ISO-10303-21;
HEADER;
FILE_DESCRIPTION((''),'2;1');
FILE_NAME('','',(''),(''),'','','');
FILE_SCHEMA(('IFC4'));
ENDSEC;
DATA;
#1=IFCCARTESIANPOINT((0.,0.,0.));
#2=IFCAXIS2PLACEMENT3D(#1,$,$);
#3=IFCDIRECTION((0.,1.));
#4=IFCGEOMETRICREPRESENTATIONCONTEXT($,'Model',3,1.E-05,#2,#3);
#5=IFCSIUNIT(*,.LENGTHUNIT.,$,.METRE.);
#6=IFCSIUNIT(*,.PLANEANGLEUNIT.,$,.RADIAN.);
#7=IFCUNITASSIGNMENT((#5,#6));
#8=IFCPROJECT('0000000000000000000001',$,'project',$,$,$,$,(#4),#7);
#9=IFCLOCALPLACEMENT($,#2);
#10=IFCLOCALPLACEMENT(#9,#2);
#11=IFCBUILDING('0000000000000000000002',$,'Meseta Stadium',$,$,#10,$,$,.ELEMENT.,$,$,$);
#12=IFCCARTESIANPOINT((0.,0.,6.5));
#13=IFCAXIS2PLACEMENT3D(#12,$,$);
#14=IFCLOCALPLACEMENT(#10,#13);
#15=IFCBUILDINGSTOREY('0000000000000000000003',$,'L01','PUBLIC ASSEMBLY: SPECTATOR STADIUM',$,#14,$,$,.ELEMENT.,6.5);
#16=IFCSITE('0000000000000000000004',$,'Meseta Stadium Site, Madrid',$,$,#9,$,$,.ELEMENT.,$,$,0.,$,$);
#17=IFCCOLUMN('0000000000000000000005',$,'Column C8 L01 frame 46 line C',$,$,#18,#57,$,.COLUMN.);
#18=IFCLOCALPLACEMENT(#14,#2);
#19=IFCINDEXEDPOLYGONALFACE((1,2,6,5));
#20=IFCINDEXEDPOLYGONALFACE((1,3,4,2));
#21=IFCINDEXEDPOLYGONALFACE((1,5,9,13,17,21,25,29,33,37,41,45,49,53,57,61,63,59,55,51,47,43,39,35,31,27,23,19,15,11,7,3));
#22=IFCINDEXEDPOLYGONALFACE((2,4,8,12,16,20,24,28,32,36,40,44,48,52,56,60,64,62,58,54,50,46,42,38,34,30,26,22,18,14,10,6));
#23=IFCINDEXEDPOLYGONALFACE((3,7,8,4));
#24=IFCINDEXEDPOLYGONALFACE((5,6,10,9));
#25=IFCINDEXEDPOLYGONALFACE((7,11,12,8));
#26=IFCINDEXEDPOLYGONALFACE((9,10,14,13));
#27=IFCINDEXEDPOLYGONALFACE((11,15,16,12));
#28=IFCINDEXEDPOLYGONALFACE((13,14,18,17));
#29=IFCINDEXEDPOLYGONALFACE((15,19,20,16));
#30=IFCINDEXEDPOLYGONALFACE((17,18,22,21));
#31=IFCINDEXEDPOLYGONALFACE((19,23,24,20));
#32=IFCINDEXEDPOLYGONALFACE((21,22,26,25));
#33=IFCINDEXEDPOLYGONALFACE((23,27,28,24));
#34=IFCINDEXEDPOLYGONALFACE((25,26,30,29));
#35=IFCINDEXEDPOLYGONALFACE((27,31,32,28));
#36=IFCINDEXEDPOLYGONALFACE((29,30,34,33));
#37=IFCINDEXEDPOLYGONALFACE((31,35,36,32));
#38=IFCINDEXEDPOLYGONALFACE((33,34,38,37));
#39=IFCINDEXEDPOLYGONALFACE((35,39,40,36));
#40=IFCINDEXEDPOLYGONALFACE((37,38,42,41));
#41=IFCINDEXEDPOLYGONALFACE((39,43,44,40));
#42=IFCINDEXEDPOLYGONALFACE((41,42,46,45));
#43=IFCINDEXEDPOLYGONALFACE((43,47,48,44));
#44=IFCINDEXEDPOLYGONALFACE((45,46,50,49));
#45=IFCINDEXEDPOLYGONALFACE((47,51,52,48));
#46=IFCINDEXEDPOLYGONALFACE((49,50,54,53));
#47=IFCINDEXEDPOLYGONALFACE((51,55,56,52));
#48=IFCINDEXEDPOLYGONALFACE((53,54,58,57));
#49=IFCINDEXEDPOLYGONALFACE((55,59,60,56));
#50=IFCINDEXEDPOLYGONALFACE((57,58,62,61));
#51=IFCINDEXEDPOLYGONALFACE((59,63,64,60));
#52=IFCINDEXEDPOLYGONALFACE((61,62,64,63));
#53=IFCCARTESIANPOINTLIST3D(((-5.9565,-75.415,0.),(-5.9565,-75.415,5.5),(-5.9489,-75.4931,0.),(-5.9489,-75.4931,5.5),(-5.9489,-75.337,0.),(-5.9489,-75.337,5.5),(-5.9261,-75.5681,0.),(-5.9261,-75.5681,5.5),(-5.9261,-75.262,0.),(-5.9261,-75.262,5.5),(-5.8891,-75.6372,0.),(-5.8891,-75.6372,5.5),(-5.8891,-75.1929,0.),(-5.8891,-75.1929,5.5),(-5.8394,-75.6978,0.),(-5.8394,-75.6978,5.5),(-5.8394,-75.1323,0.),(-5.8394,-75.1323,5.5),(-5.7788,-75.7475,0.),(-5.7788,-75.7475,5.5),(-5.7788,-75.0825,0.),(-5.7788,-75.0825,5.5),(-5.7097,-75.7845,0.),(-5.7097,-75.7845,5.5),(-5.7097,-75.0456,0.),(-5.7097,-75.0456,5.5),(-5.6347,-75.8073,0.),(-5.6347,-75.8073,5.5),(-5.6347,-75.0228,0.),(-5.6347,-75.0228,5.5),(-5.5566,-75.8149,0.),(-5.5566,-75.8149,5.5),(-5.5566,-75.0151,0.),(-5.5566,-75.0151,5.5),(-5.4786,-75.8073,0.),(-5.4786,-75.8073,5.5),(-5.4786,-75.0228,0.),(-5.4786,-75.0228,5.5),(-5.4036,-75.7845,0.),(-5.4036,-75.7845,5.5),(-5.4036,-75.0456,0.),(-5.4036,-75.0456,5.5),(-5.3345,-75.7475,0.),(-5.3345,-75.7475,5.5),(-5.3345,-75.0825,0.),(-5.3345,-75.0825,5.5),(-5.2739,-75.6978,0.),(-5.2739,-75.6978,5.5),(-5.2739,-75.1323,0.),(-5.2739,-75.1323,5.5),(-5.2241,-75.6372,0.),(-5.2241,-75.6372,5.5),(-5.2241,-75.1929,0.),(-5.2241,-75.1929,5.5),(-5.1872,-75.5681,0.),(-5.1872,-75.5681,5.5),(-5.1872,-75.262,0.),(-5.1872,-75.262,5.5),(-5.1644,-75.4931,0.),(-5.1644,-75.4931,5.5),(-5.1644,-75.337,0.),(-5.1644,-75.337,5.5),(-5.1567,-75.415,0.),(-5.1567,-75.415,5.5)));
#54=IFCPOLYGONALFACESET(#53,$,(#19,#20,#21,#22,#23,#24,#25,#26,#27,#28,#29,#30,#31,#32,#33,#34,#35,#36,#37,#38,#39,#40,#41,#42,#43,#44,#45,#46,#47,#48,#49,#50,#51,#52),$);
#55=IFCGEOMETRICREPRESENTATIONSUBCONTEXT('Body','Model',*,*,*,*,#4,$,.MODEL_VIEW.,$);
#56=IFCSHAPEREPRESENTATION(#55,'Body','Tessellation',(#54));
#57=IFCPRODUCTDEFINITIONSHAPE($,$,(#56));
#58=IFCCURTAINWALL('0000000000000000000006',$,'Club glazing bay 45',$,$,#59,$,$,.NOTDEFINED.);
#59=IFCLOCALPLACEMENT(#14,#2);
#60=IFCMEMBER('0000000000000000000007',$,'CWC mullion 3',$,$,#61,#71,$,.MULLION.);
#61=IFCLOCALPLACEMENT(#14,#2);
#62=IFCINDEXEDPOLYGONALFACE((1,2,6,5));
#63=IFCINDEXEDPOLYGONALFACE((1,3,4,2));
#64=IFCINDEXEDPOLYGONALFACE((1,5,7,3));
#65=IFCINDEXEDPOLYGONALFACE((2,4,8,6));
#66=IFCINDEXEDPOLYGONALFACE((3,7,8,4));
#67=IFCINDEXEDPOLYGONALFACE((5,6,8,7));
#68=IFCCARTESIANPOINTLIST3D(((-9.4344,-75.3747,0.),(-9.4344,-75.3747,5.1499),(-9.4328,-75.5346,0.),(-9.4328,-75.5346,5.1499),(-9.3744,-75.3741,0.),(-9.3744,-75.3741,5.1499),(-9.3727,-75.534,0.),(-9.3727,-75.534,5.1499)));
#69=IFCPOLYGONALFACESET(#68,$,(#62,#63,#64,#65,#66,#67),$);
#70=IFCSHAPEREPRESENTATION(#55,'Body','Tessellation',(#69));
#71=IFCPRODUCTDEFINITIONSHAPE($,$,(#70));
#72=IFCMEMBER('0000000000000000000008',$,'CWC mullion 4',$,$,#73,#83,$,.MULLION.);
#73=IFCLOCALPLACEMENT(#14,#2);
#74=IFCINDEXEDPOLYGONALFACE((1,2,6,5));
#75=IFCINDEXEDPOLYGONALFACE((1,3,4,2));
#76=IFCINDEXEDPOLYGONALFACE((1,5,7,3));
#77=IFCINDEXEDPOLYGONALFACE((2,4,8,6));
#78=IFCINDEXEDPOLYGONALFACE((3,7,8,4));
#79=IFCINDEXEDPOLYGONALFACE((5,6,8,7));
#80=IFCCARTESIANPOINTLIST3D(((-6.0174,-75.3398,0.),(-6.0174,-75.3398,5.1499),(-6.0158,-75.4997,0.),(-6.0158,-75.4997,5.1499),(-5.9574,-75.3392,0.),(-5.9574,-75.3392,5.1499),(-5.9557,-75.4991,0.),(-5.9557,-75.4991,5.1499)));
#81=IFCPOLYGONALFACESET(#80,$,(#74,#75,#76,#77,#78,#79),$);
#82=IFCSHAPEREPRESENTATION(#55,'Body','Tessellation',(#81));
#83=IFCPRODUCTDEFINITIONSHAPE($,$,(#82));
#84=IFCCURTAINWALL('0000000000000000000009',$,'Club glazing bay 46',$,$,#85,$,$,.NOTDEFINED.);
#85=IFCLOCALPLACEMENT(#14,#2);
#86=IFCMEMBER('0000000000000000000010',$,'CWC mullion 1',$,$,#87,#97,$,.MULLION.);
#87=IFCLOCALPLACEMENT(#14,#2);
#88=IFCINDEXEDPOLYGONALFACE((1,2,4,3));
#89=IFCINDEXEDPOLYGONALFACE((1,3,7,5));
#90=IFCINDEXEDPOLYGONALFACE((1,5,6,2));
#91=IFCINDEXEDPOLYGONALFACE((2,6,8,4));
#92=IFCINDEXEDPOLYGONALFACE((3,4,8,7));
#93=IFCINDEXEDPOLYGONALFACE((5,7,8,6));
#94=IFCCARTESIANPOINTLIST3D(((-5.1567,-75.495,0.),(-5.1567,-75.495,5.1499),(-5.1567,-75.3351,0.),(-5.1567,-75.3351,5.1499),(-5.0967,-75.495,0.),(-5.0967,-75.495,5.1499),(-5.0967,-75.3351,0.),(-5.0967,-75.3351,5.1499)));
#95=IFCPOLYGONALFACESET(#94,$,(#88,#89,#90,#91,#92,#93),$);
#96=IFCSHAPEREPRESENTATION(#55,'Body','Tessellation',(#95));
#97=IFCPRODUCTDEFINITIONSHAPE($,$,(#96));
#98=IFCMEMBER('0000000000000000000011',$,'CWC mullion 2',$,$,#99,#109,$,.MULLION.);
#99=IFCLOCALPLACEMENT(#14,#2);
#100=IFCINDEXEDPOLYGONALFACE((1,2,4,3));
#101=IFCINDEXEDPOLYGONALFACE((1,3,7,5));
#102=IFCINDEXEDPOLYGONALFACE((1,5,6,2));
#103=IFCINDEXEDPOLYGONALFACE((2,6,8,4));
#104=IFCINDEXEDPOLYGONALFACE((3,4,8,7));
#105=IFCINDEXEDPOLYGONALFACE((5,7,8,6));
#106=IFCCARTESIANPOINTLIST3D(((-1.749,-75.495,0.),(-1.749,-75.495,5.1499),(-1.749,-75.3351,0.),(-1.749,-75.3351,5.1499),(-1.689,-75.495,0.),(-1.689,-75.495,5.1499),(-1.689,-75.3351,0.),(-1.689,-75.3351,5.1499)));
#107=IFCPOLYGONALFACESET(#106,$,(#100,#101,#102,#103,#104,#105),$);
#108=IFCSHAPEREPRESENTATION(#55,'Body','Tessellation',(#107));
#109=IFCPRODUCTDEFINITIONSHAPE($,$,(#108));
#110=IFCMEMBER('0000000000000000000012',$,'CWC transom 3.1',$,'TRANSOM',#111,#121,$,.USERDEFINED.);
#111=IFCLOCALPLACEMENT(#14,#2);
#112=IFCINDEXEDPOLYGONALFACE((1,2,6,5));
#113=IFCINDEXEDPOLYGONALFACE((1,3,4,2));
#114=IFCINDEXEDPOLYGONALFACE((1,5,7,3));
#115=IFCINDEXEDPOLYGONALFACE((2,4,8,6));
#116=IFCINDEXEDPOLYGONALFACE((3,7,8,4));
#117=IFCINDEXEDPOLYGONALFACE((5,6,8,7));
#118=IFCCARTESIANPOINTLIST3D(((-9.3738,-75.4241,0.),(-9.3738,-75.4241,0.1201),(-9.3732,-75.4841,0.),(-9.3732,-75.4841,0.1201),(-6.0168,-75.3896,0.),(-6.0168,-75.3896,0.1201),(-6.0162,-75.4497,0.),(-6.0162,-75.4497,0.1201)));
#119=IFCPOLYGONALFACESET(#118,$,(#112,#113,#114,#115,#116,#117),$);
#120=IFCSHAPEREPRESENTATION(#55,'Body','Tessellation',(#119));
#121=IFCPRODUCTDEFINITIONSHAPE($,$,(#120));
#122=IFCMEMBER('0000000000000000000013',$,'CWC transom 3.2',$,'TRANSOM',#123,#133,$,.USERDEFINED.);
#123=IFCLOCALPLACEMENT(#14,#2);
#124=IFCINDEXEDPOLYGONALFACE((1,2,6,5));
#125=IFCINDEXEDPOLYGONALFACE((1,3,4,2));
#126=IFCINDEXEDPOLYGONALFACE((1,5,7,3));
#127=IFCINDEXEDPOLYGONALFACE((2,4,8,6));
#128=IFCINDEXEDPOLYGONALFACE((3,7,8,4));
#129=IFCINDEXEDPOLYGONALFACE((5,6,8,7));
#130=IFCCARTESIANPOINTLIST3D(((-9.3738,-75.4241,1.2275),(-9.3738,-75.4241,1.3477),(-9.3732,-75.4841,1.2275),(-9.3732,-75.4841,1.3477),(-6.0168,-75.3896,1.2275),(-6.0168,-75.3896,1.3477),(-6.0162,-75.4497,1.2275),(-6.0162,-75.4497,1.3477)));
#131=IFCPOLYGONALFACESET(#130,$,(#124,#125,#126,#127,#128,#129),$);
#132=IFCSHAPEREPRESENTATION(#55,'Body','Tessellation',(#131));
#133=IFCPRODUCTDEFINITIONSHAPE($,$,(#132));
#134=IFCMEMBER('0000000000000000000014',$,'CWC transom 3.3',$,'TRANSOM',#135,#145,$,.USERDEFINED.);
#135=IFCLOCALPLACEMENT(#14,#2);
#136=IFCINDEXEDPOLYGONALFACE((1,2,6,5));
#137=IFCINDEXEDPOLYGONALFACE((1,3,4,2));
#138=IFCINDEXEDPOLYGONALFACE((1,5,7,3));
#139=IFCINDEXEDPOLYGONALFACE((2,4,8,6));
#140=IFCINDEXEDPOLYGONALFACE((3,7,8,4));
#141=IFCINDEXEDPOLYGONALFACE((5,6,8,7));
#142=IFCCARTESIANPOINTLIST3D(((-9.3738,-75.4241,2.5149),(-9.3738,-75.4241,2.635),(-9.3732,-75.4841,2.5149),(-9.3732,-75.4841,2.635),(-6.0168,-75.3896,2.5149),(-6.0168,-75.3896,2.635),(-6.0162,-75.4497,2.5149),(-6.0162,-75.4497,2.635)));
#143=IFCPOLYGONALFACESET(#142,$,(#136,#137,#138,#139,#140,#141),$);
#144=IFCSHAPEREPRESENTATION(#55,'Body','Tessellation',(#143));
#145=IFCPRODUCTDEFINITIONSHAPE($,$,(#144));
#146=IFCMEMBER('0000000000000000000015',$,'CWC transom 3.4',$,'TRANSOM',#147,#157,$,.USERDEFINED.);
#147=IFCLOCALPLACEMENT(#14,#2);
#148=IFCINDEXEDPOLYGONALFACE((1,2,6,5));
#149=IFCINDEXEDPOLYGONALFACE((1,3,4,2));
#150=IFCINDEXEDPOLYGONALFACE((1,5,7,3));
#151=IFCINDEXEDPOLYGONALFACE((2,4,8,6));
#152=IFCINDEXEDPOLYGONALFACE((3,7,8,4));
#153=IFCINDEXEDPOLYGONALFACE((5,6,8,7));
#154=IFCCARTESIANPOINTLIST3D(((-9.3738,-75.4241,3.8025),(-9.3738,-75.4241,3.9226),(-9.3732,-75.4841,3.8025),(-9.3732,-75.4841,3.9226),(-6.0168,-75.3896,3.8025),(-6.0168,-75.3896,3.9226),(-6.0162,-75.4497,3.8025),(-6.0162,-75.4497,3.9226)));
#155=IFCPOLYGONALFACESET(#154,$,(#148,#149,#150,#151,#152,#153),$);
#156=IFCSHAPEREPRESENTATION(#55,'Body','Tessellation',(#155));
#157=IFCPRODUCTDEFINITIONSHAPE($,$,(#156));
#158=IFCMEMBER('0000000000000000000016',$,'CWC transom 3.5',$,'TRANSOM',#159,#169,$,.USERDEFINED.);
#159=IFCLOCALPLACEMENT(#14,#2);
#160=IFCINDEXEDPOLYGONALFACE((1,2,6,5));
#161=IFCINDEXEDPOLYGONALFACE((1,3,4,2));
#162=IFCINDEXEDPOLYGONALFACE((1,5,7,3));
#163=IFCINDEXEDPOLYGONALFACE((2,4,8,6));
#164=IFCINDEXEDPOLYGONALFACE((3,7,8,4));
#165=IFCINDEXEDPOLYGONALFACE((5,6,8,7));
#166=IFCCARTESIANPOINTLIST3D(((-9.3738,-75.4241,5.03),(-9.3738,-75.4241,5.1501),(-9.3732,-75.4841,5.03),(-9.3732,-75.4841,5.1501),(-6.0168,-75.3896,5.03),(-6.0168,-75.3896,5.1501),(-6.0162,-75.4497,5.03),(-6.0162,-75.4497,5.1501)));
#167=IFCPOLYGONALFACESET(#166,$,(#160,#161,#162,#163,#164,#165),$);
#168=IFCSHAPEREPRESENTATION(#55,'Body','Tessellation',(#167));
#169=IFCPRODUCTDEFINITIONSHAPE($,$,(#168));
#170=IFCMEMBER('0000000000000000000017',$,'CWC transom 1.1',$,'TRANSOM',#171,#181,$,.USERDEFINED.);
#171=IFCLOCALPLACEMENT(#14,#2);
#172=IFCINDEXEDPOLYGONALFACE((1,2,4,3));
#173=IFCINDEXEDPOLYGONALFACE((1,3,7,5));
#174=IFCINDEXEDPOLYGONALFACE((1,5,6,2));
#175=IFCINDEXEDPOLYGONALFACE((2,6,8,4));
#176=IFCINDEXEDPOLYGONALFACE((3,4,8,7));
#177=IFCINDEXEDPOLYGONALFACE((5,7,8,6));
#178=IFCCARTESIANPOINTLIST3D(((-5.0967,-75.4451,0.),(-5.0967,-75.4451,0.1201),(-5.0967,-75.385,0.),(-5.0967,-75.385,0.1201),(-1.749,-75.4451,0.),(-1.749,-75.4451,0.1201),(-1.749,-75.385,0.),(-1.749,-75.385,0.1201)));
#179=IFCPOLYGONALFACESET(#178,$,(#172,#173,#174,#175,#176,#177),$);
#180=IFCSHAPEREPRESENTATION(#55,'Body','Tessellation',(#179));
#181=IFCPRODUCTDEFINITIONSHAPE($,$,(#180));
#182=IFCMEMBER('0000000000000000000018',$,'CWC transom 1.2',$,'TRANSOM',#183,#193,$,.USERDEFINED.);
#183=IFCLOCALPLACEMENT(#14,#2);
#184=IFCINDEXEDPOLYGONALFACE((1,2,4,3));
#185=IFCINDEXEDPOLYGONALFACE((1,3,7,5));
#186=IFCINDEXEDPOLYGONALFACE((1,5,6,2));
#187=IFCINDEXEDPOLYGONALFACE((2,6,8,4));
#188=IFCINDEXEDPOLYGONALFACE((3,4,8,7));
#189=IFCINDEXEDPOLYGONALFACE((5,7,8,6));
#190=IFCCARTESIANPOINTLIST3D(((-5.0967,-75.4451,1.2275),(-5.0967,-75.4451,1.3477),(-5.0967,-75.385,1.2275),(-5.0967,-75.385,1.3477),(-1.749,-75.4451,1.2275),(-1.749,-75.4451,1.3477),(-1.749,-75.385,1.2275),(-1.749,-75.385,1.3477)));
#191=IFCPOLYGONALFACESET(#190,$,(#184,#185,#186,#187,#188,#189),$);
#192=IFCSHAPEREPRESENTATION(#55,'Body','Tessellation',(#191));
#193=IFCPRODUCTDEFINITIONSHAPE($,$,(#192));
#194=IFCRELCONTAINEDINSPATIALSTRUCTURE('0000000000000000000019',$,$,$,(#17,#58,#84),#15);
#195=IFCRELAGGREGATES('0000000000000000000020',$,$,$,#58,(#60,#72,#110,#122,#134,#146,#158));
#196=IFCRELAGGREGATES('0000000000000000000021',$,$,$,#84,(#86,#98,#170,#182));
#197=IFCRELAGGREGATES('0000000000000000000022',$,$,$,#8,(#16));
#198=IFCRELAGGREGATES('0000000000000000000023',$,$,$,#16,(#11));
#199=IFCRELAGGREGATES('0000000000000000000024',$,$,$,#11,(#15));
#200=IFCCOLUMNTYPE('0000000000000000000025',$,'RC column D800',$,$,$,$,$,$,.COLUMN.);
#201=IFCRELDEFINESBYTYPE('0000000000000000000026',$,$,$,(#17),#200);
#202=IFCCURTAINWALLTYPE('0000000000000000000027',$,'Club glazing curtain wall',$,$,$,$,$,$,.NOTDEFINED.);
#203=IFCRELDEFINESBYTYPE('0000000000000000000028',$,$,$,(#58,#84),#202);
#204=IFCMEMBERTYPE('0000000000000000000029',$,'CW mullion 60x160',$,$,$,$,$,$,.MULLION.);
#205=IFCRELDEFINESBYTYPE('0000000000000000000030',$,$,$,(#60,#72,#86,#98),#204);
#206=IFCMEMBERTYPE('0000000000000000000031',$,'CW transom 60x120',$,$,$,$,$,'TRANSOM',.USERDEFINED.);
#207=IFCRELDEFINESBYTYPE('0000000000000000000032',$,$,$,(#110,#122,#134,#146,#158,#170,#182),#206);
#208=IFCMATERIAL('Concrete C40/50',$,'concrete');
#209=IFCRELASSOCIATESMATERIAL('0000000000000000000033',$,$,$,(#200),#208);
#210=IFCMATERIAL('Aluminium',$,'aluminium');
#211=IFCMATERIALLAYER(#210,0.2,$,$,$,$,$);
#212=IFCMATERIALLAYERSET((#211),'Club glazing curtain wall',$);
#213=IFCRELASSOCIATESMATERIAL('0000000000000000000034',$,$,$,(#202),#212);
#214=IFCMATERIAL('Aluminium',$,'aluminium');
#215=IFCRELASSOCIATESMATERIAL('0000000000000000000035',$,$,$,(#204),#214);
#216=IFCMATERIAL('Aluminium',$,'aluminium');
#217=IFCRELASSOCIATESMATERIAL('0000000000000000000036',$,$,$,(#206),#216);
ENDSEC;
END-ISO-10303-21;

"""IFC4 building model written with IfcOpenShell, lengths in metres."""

from ifc_helpers import new_model, si_unit, direction, frame, origin, origin_2d, place, context, subcontext, project, spatial, rectangle, circle, extrude, material, layer, layer_set, material_profile, profile_set, type_object, element, aggregate, save


model = new_model("IFC4")

# Units and contexts
model_context = context("Model", 3, precision=1e-05, world=origin(), true_north=direction((0.0, 1.0)))
body_context = subcontext(model_context, "Body", "Model", "MODEL_VIEW")
ifc_project = project(units=[si_unit("LENGTHUNIT", "METRE"), si_unit("PLANEANGLEUNIT", "RADIAN")], contexts=[model_context])

# Site, building, storey
site_placement = place(None, origin())
site = spatial("IfcSite", under=ifc_project, at=site_placement, Name="Meseta Stadium Site, Madrid", CompositionType="ELEMENT", RefElevation=0.0)
building_placement = place(site_placement, origin())
building = spatial("IfcBuilding", under=site, at=building_placement, Name="Meseta Stadium", CompositionType="ELEMENT")
storey_placement = place(building_placement, frame((0.0, 0.0, 6.5)))
storey = spatial("IfcBuildingStorey", under=building, at=storey_placement, Name="L01", Description="PUBLIC ASSEMBLY: SPECTATOR STADIUM", CompositionType="ELEMENT", Elevation=6.5)

# Column
ifc_material_1 = material(Name="Concrete C40/50", Category="concrete")
ifc_material_profile_1 = material_profile(ifc_material_1, circle(Radius=0.3999, at=origin_2d()), Name="RC D800")
ifc_profile_set_1 = profile_set([ifc_material_profile_1], Name="Concrete C40/50")
column_type = type_object("IfcColumnType", Name="RC column D800", PredefinedType="COLUMN", material=ifc_profile_set_1)
column_placement = place(storey_placement, frame((-5.5566, -75.415, 0.0), z_axis=(0.0, 0.0, 1.0), x_axis=(1.0, 0.0, 0.0)))
element("IfcColumn", 1, at=column_placement, inside=storey, type_object=column_type, Name="Column C8 L01 frame 46 line C", PredefinedType="COLUMN", context=body_context, shape_type="SweptSolid", body=[
    extrude(circle(Radius=0.3999, at=origin_2d()), origin(), (0.0, 0.0, 1.0), 5.5),
])

# Curtain walls, members
ifc_material_2 = material(Name="Aluminium", Category="aluminium")
ifc_layer_1 = layer(ifc_material_2, 0.2)
ifc_layer_set_1 = layer_set([ifc_layer_1], Name="Club glazing curtain wall")
curtain_wall_type = type_object("IfcCurtainWallType", Name="Club glazing curtain wall", PredefinedType="NOTDEFINED", material=ifc_layer_set_1)
curtain_wall_1_placement = place(storey_placement, origin())
curtain_wall_1 = element("IfcCurtainWall", 2, at=curtain_wall_1_placement, inside=storey, type_object=curtain_wall_type, Name="Club glazing bay 45", PredefinedType="NOTDEFINED")
ifc_material_3 = material(Name="Aluminium", Category="aluminium")
ifc_material_profile_2 = material_profile(ifc_material_3, rectangle(XDim=0.1599, YDim=0.0601, at=origin_2d()), Name="CW 160x60")
ifc_profile_set_2 = profile_set([ifc_material_profile_2], Name="Aluminium")
member_type_1 = type_object("IfcMemberType", Name="CW mullion 60x160", PredefinedType="MULLION", material=ifc_profile_set_2)
member_1_placement = place(storey_placement, frame((-9.4036, -75.4543, 0.0), z_axis=(0.0, 0.0, 1.0), x_axis=(-0.010279, 0.999947, 0.0)))
member_1 = element("IfcMember", 3, at=member_1_placement, type_object=member_type_1, Name="CWC mullion 3", PredefinedType="MULLION", context=body_context, shape_type="SweptSolid", body=[
    extrude(rectangle(XDim=0.1599, YDim=0.0601, at=origin_2d()), origin(), (0.0, 0.0, 1.0), 5.1499),
])
member_2_placement = place(storey_placement, frame((-5.9866, -75.4194, 0.0), z_axis=(0.0, 0.0, 1.0), x_axis=(-0.010279, 0.999947, 0.0)))
member_2 = element("IfcMember", 4, at=member_2_placement, type_object=member_type_1, Name="CWC mullion 4", PredefinedType="MULLION", context=body_context, shape_type="SweptSolid", body=[
    extrude(rectangle(XDim=0.1599, YDim=0.0601, at=origin_2d()), origin(), (0.0, 0.0, 1.0), 5.1499),
])
curtain_wall_2_placement = place(storey_placement, origin())
curtain_wall_2 = element("IfcCurtainWall", 5, at=curtain_wall_2_placement, inside=storey, type_object=curtain_wall_type, Name="Club glazing bay 46", PredefinedType="NOTDEFINED")
member_3_placement = place(storey_placement, frame((-5.1267, -75.415, 0.0), z_axis=(0.0, 0.0, 1.0), x_axis=(0.0, 1.0, 0.0)))
member_3 = element("IfcMember", 6, at=member_3_placement, type_object=member_type_1, Name="CWC mullion 1", PredefinedType="MULLION", context=body_context, shape_type="SweptSolid", body=[
    extrude(rectangle(XDim=0.1599, YDim=0.0601, at=origin_2d()), origin(), (0.0, 0.0, 1.0), 5.1499),
])
member_4_placement = place(storey_placement, frame((-1.719, -75.415, 0.0), z_axis=(0.0, 0.0, 1.0), x_axis=(0.0, 1.0, 0.0)))
member_4 = element("IfcMember", 7, at=member_4_placement, type_object=member_type_1, Name="CWC mullion 2", PredefinedType="MULLION", context=body_context, shape_type="SweptSolid", body=[
    extrude(rectangle(XDim=0.1599, YDim=0.0601, at=origin_2d()), origin(), (0.0, 0.0, 1.0), 5.1499),
])

# Members
ifc_material_4 = material(Name="Aluminium", Category="aluminium")
ifc_material_profile_3 = material_profile(ifc_material_4, rectangle(XDim=0.0601, YDim=0.1201, at=origin_2d()), Name="CW 60x120")
ifc_profile_set_3 = profile_set([ifc_material_profile_3], Name="Aluminium")
member_type_2 = type_object("IfcMemberType", Name="CW transom 60x120", ElementType="TRANSOM", PredefinedType="USERDEFINED", material=ifc_profile_set_3)
member_5_placement = place(storey_placement, frame((-9.3735, -75.4541, 0.0601), z_axis=(0.999947, 0.010254, 0.0), x_axis=(-0.010254, 0.999947, 0.0)))
member_5 = element("IfcMember", 8, at=member_5_placement, type_object=member_type_2, Name="CWC transom 3.1", ObjectType="TRANSOM", PredefinedType="USERDEFINED", context=body_context, shape_type="SweptSolid", body=[
    extrude(rectangle(XDim=0.0601, YDim=0.1201, at=origin_2d()), origin(), (0.0, 0.0, 1.0), 3.3572),
])
member_6_placement = place(storey_placement, frame((-9.3735, -75.4541, 1.2876), z_axis=(0.999947, 0.010254, 0.0), x_axis=(-0.010254, 0.999947, 0.0)))
member_6 = element("IfcMember", 9, at=member_6_placement, type_object=member_type_2, Name="CWC transom 3.2", ObjectType="TRANSOM", PredefinedType="USERDEFINED", context=body_context, shape_type="SweptSolid", body=[
    extrude(rectangle(XDim=0.0601, YDim=0.1201, at=origin_2d()), origin(), (0.0, 0.0, 1.0), 3.3572),
])
member_7_placement = place(storey_placement, frame((-9.3735, -75.4541, 2.575), z_axis=(0.999947, 0.010254, 0.0), x_axis=(-0.010254, 0.999947, 0.0)))
member_7 = element("IfcMember", 10, at=member_7_placement, type_object=member_type_2, Name="CWC transom 3.3", ObjectType="TRANSOM", PredefinedType="USERDEFINED", context=body_context, shape_type="SweptSolid", body=[
    extrude(rectangle(XDim=0.0601, YDim=0.1201, at=origin_2d()), origin(), (0.0, 0.0, 1.0), 3.3572),
])
member_8_placement = place(storey_placement, frame((-9.3735, -75.4541, 3.8625), z_axis=(0.999947, 0.010254, 0.0), x_axis=(-0.010254, 0.999947, 0.0)))
member_8 = element("IfcMember", 11, at=member_8_placement, type_object=member_type_2, Name="CWC transom 3.4", ObjectType="TRANSOM", PredefinedType="USERDEFINED", context=body_context, shape_type="SweptSolid", body=[
    extrude(rectangle(XDim=0.0601, YDim=0.1201, at=origin_2d()), origin(), (0.0, 0.0, 1.0), 3.3572),
])
member_9_placement = place(storey_placement, frame((-9.3735, -75.4541, 5.0901), z_axis=(0.999947, 0.010254, 0.0), x_axis=(-0.010254, 0.999947, 0.0)))
member_9 = element("IfcMember", 12, at=member_9_placement, type_object=member_type_2, Name="CWC transom 3.5", ObjectType="TRANSOM", PredefinedType="USERDEFINED", context=body_context, shape_type="SweptSolid", body=[
    extrude(rectangle(XDim=0.0601, YDim=0.1201, at=origin_2d()), origin(), (0.0, 0.0, 1.0), 3.3572),
])
member_10_placement = place(storey_placement, frame((-5.0967, -75.415, 0.0601), z_axis=(1.0, 0.0, 0.0), x_axis=(0.0, 1.0, 0.0)))
member_10 = element("IfcMember", 13, at=member_10_placement, type_object=member_type_2, Name="CWC transom 1.1", ObjectType="TRANSOM", PredefinedType="USERDEFINED", context=body_context, shape_type="SweptSolid", body=[
    extrude(rectangle(XDim=0.0601, YDim=0.1201, at=origin_2d()), origin(), (0.0, 0.0, 1.0), 3.3477),
])
member_11_placement = place(storey_placement, frame((-5.0967, -75.415, 1.2876), z_axis=(1.0, 0.0, 0.0), x_axis=(0.0, 1.0, 0.0)))
member_11 = element("IfcMember", 14, at=member_11_placement, type_object=member_type_2, Name="CWC transom 1.2", ObjectType="TRANSOM", PredefinedType="USERDEFINED", context=body_context, shape_type="SweptSolid", body=[
    extrude(rectangle(XDim=0.0601, YDim=0.1201, at=origin_2d()), origin(), (0.0, 0.0, 1.0), 3.3477),
])

aggregate(curtain_wall_1, [member_1, member_2, member_5, member_6, member_7, member_8, member_9])
aggregate(curtain_wall_2, [member_3, member_4, member_10, member_11])

save(model, "model.ifc")
